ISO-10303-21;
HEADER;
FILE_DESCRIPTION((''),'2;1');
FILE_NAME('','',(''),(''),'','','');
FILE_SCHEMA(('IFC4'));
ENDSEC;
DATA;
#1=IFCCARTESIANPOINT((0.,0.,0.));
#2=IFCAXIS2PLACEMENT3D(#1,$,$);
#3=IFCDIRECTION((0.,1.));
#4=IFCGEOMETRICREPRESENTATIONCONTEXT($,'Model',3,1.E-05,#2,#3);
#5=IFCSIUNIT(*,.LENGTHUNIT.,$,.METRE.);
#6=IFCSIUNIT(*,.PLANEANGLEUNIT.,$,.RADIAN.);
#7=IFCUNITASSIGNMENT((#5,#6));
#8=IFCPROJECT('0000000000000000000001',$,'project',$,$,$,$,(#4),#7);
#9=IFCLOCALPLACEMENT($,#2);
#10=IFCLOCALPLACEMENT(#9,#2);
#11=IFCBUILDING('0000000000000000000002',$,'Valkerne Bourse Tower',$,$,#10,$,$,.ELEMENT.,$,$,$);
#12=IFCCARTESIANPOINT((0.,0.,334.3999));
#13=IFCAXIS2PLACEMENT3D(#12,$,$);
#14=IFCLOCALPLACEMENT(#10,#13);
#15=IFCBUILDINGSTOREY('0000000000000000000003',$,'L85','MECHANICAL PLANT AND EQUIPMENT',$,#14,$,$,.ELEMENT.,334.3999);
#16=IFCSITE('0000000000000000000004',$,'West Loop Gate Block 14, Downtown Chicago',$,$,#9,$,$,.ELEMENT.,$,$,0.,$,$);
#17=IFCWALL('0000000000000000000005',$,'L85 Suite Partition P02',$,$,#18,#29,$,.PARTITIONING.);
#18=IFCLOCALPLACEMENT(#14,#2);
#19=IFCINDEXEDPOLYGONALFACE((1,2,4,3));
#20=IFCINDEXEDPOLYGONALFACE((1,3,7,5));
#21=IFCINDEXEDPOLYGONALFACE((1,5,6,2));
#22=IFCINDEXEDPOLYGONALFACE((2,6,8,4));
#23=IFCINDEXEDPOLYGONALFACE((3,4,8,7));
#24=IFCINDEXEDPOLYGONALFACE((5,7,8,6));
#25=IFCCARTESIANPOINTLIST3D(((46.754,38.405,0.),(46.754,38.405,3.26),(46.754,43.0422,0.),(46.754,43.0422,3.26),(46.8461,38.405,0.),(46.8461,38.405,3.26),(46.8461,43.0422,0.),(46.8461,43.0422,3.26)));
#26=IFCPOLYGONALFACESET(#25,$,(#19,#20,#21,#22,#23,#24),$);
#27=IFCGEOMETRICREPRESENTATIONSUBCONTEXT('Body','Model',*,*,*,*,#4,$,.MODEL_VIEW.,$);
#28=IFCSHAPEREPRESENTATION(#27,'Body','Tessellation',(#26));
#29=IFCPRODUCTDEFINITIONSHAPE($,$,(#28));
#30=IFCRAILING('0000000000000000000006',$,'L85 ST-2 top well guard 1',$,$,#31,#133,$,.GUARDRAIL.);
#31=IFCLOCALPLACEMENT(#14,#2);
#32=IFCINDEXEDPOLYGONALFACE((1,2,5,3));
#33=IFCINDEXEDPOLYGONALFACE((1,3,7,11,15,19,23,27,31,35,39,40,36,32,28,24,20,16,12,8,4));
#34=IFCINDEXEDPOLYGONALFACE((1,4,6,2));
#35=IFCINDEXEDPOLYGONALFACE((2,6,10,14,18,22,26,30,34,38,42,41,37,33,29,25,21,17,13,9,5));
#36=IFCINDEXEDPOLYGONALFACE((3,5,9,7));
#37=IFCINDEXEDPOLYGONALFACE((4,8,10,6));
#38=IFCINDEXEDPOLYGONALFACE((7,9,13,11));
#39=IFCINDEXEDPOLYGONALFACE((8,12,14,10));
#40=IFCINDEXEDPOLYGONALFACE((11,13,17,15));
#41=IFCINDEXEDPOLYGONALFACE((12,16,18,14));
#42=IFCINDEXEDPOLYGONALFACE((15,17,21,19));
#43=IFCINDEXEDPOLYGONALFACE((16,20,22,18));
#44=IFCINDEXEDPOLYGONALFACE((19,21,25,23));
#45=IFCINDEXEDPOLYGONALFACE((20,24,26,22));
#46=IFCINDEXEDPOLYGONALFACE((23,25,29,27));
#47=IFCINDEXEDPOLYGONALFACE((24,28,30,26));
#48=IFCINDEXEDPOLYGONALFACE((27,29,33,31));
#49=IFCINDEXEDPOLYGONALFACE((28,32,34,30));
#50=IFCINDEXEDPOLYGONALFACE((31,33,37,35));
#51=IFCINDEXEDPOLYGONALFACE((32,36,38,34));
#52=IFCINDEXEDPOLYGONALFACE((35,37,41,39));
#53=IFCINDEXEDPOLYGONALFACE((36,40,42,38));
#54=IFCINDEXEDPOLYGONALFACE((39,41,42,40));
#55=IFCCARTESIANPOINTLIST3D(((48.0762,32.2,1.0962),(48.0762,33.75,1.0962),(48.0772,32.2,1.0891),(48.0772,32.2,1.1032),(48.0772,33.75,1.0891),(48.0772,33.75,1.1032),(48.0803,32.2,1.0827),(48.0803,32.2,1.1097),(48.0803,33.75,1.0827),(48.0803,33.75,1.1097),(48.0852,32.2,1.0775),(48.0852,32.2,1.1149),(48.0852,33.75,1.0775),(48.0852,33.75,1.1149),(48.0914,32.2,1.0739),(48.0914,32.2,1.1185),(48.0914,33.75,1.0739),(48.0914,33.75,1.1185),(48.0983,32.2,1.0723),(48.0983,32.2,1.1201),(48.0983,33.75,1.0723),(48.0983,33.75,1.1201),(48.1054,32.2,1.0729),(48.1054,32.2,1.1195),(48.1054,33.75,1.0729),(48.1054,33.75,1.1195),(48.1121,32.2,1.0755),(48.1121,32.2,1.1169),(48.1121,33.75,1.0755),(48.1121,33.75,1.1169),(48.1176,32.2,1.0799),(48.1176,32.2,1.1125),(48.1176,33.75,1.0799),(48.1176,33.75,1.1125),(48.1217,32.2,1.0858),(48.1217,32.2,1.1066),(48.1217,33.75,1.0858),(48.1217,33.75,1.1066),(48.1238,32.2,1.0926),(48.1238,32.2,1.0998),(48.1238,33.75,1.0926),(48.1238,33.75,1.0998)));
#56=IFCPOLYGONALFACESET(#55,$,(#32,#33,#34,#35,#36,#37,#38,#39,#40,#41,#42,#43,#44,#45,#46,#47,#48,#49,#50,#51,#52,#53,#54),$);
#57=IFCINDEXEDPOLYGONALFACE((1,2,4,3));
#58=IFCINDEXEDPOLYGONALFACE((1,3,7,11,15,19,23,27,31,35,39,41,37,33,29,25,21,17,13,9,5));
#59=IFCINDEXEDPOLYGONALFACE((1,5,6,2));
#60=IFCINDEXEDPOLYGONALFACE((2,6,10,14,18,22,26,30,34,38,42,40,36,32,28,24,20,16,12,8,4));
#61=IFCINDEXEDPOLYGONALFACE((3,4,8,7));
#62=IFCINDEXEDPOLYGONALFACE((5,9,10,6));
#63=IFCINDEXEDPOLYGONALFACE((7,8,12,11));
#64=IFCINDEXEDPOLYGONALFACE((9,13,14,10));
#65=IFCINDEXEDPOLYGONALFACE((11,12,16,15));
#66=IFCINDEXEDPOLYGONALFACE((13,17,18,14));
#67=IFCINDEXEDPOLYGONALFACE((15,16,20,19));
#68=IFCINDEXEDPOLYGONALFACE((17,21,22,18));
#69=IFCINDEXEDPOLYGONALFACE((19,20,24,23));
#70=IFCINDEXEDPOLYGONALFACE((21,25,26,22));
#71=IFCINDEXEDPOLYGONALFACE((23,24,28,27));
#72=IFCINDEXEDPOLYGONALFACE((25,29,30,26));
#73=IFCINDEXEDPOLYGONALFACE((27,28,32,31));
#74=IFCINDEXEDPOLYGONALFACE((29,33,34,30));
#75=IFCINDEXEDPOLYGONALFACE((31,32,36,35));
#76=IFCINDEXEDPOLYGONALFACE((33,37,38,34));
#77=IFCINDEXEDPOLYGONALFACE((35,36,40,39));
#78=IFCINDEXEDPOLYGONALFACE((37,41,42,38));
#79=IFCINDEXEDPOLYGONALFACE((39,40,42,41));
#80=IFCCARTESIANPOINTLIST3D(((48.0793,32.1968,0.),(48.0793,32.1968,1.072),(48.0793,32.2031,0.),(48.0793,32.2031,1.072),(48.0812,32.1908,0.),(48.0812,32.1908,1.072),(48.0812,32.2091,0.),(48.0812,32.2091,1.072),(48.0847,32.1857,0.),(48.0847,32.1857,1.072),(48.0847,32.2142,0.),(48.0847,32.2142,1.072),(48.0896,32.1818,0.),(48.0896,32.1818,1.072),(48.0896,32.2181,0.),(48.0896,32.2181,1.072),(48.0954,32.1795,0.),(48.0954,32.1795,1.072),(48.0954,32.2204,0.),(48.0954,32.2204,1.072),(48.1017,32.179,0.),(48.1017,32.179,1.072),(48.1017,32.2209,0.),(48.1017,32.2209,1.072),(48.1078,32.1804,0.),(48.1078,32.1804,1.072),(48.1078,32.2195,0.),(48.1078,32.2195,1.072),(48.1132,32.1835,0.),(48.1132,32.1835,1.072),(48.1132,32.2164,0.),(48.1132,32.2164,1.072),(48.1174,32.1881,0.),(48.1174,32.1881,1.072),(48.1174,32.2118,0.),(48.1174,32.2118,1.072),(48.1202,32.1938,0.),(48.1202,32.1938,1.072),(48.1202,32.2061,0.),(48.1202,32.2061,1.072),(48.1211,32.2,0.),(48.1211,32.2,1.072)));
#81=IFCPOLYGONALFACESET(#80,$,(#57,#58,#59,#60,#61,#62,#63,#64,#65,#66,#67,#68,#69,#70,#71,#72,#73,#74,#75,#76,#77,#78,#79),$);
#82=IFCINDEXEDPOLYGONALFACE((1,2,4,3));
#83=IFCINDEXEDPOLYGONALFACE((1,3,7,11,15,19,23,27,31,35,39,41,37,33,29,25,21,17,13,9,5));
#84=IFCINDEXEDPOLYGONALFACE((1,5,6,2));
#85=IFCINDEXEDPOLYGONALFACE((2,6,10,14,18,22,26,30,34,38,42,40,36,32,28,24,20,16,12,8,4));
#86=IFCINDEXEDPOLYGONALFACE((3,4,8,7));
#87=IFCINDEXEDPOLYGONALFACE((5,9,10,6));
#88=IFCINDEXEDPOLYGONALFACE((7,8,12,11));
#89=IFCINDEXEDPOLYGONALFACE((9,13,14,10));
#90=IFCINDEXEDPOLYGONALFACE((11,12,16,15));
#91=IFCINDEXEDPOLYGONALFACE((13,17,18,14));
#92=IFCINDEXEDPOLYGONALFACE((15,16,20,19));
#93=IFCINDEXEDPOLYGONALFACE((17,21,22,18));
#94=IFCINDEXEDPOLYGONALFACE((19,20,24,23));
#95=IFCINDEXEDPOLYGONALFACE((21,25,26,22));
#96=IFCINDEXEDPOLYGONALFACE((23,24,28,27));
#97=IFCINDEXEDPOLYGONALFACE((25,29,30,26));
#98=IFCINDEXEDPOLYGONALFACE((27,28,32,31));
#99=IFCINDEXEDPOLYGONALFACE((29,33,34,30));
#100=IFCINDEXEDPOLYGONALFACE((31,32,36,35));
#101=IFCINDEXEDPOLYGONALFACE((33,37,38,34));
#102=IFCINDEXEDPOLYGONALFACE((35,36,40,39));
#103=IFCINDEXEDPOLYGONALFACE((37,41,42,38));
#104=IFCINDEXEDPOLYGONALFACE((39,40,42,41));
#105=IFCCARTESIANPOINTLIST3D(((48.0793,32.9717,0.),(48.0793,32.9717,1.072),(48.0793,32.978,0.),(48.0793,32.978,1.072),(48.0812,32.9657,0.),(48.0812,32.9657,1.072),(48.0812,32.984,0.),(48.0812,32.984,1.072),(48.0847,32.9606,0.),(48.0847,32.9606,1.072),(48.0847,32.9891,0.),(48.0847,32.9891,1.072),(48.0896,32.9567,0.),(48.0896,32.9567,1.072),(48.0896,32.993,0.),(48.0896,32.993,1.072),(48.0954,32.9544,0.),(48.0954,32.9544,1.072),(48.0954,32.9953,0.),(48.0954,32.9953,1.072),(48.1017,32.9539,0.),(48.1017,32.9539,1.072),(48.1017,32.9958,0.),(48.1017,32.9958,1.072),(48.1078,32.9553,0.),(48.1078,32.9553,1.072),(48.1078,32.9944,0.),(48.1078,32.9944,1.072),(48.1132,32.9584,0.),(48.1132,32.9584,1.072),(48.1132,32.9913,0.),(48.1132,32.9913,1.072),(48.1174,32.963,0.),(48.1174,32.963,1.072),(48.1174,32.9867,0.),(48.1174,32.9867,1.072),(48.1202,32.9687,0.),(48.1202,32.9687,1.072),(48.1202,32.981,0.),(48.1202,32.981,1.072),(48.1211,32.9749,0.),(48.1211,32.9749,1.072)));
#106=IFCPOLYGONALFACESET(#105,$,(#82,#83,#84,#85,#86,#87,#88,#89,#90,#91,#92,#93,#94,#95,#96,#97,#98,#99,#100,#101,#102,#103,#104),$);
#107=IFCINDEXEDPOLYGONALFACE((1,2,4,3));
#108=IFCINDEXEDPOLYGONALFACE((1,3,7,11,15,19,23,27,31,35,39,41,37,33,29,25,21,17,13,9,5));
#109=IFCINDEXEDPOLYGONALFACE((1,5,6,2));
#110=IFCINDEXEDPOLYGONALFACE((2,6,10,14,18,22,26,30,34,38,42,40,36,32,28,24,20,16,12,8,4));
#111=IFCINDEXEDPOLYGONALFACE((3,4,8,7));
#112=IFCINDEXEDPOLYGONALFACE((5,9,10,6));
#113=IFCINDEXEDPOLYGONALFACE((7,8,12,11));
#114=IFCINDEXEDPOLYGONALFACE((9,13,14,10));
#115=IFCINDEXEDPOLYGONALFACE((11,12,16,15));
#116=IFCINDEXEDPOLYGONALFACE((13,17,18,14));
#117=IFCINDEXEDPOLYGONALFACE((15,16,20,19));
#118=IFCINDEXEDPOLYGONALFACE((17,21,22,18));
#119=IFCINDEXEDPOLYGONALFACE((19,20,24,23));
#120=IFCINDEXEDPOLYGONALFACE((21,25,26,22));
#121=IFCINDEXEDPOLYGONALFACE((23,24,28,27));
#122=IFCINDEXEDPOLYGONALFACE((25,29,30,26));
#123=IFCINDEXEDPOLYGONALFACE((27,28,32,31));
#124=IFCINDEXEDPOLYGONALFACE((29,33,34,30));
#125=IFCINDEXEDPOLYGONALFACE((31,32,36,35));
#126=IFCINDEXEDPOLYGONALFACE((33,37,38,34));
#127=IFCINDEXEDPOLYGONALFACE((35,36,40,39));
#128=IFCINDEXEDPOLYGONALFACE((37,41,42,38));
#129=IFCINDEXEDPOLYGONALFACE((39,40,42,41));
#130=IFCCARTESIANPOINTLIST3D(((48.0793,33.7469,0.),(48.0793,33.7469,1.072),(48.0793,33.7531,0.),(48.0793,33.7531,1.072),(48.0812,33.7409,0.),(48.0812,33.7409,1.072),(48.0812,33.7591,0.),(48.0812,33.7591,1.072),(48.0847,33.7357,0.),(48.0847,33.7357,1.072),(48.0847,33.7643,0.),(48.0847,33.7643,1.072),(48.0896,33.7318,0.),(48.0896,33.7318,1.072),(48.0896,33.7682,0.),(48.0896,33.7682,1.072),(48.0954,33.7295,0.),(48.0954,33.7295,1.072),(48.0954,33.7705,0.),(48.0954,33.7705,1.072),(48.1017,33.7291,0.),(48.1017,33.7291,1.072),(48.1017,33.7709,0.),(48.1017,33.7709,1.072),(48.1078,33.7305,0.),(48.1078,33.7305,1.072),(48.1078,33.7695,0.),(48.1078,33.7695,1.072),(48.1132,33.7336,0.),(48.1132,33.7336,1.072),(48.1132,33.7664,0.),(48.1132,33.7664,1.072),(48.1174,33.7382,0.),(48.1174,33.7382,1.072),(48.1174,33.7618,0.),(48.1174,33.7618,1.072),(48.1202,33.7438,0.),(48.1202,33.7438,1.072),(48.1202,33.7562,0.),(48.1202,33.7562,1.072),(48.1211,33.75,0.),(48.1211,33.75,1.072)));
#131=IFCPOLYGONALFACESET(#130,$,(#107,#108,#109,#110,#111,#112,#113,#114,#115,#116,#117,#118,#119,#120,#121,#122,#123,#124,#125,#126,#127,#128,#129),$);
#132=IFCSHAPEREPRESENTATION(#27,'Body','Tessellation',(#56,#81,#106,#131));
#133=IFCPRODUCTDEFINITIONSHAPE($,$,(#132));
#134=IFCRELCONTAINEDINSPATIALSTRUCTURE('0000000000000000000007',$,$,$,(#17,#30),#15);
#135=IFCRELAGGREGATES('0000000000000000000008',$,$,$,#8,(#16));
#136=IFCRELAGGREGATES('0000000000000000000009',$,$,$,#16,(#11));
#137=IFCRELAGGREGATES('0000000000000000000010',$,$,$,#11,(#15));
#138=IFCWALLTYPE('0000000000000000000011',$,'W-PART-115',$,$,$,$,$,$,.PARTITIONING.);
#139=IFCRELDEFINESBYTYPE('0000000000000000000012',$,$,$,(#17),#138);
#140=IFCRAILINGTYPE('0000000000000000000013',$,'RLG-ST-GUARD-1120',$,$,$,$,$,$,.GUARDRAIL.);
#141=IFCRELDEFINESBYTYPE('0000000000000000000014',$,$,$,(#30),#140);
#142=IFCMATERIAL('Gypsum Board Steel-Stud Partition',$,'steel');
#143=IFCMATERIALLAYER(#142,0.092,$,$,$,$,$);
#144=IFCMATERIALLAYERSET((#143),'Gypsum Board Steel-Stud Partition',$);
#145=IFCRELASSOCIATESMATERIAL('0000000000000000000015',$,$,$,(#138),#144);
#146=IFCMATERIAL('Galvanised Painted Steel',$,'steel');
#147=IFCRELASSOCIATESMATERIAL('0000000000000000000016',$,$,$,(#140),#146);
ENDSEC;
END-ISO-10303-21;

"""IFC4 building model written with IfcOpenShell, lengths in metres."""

from ifc_helpers import new_model, si_unit, direction, frame, frame_2d, origin, origin_2d, place, context, subcontext, project, spatial, rectangle, circle, extrude, material, layer, layer_set, type_object, element, save


model = new_model("IFC4")

# Units and contexts
model_context = context("Model", 3, precision=1e-05, world=origin(), true_north=direction((0.0, 1.0)))
body_context = subcontext(model_context, "Body", "Model", "MODEL_VIEW")
ifc_project = project(units=[si_unit("LENGTHUNIT", "METRE"), si_unit("PLANEANGLEUNIT", "RADIAN")], contexts=[model_context])

# Site, building, storey
site_placement = place(None, origin())
site = spatial("IfcSite", under=ifc_project, at=site_placement, Name="West Loop Gate Block 14, Downtown Chicago", CompositionType="ELEMENT", RefElevation=0.0)
building_placement = place(site_placement, origin())
building = spatial("IfcBuilding", under=site, at=building_placement, Name="Valkerne Bourse Tower", CompositionType="ELEMENT")
storey_placement = place(building_placement, frame((0.0, 0.0, 334.3999)))
storey = spatial("IfcBuildingStorey", under=building, at=storey_placement, Name="L85", Description="MECHANICAL PLANT AND EQUIPMENT", CompositionType="ELEMENT", Elevation=334.3999)

# Wall
ifc_material_1 = material(Name="Gypsum Board Steel-Stud Partition", Category="steel")
ifc_layer_1 = layer(ifc_material_1, 0.092)
ifc_layer_set_1 = layer_set([ifc_layer_1], Name="Gypsum Board Steel-Stud Partition")
wall_type_1 = type_object("IfcWallType", Name="W-PART-115", PredefinedType="PARTITIONING", material=ifc_layer_set_1)
wall_1_placement = place(storey_placement, frame((46.8, 38.405, 0.0), z_axis=(0.0, 0.0, 1.0), x_axis=(0.0, 1.0, 0.0)))
element("IfcWall", 1, at=wall_1_placement, inside=storey, type_object=wall_type_1, Name="L85 Suite Partition P02", PredefinedType="PARTITIONING", context=body_context, shape_type="SweptSolid", body=[
    extrude(rectangle(XDim=4.6372, YDim=0.092, at=frame_2d((2.3186, 0.0))), origin(), (0.0, 0.0, 1.0), 3.26),
])

# Railing
ifc_material_2 = material(Name="Galvanised Painted Steel", Category="steel")
railing_type = type_object("IfcRailingType", Name="RLG-ST-GUARD-1120", PredefinedType="GUARDRAIL", material=ifc_material_2)
railing_placement = place(storey_placement, frame((48.1001, 32.2, 0.0)))
element("IfcRailing", 2, at=railing_placement, inside=storey, type_object=railing_type, Name="L85 ST-2 top well guard 1", PredefinedType="GUARDRAIL", context=body_context, shape_type="SweptSolid", body=[
    extrude(circle(Radius=0.0239, at=origin_2d()), frame((0.0, 0.0, 1.0962), z_axis=(0.0, 1.0, 0.0), x_axis=(-1.0, 0.0, 0.0)), (0.0, 0.0, 1.0), 1.55),
    extrude(circle(Radius=0.021, at=origin_2d()), origin(), (0.0, 0.0, 1.0), 1.072),
    extrude(circle(Radius=0.021, at=origin_2d()), frame((0.0, 0.7749, 0.0)), (0.0, 0.0, 1.0), 1.072),
    extrude(circle(Radius=0.021, at=origin_2d()), frame((0.0, 1.55, 0.0)), (0.0, 0.0, 1.0), 1.072),
])

save(model, "model.ifc")
